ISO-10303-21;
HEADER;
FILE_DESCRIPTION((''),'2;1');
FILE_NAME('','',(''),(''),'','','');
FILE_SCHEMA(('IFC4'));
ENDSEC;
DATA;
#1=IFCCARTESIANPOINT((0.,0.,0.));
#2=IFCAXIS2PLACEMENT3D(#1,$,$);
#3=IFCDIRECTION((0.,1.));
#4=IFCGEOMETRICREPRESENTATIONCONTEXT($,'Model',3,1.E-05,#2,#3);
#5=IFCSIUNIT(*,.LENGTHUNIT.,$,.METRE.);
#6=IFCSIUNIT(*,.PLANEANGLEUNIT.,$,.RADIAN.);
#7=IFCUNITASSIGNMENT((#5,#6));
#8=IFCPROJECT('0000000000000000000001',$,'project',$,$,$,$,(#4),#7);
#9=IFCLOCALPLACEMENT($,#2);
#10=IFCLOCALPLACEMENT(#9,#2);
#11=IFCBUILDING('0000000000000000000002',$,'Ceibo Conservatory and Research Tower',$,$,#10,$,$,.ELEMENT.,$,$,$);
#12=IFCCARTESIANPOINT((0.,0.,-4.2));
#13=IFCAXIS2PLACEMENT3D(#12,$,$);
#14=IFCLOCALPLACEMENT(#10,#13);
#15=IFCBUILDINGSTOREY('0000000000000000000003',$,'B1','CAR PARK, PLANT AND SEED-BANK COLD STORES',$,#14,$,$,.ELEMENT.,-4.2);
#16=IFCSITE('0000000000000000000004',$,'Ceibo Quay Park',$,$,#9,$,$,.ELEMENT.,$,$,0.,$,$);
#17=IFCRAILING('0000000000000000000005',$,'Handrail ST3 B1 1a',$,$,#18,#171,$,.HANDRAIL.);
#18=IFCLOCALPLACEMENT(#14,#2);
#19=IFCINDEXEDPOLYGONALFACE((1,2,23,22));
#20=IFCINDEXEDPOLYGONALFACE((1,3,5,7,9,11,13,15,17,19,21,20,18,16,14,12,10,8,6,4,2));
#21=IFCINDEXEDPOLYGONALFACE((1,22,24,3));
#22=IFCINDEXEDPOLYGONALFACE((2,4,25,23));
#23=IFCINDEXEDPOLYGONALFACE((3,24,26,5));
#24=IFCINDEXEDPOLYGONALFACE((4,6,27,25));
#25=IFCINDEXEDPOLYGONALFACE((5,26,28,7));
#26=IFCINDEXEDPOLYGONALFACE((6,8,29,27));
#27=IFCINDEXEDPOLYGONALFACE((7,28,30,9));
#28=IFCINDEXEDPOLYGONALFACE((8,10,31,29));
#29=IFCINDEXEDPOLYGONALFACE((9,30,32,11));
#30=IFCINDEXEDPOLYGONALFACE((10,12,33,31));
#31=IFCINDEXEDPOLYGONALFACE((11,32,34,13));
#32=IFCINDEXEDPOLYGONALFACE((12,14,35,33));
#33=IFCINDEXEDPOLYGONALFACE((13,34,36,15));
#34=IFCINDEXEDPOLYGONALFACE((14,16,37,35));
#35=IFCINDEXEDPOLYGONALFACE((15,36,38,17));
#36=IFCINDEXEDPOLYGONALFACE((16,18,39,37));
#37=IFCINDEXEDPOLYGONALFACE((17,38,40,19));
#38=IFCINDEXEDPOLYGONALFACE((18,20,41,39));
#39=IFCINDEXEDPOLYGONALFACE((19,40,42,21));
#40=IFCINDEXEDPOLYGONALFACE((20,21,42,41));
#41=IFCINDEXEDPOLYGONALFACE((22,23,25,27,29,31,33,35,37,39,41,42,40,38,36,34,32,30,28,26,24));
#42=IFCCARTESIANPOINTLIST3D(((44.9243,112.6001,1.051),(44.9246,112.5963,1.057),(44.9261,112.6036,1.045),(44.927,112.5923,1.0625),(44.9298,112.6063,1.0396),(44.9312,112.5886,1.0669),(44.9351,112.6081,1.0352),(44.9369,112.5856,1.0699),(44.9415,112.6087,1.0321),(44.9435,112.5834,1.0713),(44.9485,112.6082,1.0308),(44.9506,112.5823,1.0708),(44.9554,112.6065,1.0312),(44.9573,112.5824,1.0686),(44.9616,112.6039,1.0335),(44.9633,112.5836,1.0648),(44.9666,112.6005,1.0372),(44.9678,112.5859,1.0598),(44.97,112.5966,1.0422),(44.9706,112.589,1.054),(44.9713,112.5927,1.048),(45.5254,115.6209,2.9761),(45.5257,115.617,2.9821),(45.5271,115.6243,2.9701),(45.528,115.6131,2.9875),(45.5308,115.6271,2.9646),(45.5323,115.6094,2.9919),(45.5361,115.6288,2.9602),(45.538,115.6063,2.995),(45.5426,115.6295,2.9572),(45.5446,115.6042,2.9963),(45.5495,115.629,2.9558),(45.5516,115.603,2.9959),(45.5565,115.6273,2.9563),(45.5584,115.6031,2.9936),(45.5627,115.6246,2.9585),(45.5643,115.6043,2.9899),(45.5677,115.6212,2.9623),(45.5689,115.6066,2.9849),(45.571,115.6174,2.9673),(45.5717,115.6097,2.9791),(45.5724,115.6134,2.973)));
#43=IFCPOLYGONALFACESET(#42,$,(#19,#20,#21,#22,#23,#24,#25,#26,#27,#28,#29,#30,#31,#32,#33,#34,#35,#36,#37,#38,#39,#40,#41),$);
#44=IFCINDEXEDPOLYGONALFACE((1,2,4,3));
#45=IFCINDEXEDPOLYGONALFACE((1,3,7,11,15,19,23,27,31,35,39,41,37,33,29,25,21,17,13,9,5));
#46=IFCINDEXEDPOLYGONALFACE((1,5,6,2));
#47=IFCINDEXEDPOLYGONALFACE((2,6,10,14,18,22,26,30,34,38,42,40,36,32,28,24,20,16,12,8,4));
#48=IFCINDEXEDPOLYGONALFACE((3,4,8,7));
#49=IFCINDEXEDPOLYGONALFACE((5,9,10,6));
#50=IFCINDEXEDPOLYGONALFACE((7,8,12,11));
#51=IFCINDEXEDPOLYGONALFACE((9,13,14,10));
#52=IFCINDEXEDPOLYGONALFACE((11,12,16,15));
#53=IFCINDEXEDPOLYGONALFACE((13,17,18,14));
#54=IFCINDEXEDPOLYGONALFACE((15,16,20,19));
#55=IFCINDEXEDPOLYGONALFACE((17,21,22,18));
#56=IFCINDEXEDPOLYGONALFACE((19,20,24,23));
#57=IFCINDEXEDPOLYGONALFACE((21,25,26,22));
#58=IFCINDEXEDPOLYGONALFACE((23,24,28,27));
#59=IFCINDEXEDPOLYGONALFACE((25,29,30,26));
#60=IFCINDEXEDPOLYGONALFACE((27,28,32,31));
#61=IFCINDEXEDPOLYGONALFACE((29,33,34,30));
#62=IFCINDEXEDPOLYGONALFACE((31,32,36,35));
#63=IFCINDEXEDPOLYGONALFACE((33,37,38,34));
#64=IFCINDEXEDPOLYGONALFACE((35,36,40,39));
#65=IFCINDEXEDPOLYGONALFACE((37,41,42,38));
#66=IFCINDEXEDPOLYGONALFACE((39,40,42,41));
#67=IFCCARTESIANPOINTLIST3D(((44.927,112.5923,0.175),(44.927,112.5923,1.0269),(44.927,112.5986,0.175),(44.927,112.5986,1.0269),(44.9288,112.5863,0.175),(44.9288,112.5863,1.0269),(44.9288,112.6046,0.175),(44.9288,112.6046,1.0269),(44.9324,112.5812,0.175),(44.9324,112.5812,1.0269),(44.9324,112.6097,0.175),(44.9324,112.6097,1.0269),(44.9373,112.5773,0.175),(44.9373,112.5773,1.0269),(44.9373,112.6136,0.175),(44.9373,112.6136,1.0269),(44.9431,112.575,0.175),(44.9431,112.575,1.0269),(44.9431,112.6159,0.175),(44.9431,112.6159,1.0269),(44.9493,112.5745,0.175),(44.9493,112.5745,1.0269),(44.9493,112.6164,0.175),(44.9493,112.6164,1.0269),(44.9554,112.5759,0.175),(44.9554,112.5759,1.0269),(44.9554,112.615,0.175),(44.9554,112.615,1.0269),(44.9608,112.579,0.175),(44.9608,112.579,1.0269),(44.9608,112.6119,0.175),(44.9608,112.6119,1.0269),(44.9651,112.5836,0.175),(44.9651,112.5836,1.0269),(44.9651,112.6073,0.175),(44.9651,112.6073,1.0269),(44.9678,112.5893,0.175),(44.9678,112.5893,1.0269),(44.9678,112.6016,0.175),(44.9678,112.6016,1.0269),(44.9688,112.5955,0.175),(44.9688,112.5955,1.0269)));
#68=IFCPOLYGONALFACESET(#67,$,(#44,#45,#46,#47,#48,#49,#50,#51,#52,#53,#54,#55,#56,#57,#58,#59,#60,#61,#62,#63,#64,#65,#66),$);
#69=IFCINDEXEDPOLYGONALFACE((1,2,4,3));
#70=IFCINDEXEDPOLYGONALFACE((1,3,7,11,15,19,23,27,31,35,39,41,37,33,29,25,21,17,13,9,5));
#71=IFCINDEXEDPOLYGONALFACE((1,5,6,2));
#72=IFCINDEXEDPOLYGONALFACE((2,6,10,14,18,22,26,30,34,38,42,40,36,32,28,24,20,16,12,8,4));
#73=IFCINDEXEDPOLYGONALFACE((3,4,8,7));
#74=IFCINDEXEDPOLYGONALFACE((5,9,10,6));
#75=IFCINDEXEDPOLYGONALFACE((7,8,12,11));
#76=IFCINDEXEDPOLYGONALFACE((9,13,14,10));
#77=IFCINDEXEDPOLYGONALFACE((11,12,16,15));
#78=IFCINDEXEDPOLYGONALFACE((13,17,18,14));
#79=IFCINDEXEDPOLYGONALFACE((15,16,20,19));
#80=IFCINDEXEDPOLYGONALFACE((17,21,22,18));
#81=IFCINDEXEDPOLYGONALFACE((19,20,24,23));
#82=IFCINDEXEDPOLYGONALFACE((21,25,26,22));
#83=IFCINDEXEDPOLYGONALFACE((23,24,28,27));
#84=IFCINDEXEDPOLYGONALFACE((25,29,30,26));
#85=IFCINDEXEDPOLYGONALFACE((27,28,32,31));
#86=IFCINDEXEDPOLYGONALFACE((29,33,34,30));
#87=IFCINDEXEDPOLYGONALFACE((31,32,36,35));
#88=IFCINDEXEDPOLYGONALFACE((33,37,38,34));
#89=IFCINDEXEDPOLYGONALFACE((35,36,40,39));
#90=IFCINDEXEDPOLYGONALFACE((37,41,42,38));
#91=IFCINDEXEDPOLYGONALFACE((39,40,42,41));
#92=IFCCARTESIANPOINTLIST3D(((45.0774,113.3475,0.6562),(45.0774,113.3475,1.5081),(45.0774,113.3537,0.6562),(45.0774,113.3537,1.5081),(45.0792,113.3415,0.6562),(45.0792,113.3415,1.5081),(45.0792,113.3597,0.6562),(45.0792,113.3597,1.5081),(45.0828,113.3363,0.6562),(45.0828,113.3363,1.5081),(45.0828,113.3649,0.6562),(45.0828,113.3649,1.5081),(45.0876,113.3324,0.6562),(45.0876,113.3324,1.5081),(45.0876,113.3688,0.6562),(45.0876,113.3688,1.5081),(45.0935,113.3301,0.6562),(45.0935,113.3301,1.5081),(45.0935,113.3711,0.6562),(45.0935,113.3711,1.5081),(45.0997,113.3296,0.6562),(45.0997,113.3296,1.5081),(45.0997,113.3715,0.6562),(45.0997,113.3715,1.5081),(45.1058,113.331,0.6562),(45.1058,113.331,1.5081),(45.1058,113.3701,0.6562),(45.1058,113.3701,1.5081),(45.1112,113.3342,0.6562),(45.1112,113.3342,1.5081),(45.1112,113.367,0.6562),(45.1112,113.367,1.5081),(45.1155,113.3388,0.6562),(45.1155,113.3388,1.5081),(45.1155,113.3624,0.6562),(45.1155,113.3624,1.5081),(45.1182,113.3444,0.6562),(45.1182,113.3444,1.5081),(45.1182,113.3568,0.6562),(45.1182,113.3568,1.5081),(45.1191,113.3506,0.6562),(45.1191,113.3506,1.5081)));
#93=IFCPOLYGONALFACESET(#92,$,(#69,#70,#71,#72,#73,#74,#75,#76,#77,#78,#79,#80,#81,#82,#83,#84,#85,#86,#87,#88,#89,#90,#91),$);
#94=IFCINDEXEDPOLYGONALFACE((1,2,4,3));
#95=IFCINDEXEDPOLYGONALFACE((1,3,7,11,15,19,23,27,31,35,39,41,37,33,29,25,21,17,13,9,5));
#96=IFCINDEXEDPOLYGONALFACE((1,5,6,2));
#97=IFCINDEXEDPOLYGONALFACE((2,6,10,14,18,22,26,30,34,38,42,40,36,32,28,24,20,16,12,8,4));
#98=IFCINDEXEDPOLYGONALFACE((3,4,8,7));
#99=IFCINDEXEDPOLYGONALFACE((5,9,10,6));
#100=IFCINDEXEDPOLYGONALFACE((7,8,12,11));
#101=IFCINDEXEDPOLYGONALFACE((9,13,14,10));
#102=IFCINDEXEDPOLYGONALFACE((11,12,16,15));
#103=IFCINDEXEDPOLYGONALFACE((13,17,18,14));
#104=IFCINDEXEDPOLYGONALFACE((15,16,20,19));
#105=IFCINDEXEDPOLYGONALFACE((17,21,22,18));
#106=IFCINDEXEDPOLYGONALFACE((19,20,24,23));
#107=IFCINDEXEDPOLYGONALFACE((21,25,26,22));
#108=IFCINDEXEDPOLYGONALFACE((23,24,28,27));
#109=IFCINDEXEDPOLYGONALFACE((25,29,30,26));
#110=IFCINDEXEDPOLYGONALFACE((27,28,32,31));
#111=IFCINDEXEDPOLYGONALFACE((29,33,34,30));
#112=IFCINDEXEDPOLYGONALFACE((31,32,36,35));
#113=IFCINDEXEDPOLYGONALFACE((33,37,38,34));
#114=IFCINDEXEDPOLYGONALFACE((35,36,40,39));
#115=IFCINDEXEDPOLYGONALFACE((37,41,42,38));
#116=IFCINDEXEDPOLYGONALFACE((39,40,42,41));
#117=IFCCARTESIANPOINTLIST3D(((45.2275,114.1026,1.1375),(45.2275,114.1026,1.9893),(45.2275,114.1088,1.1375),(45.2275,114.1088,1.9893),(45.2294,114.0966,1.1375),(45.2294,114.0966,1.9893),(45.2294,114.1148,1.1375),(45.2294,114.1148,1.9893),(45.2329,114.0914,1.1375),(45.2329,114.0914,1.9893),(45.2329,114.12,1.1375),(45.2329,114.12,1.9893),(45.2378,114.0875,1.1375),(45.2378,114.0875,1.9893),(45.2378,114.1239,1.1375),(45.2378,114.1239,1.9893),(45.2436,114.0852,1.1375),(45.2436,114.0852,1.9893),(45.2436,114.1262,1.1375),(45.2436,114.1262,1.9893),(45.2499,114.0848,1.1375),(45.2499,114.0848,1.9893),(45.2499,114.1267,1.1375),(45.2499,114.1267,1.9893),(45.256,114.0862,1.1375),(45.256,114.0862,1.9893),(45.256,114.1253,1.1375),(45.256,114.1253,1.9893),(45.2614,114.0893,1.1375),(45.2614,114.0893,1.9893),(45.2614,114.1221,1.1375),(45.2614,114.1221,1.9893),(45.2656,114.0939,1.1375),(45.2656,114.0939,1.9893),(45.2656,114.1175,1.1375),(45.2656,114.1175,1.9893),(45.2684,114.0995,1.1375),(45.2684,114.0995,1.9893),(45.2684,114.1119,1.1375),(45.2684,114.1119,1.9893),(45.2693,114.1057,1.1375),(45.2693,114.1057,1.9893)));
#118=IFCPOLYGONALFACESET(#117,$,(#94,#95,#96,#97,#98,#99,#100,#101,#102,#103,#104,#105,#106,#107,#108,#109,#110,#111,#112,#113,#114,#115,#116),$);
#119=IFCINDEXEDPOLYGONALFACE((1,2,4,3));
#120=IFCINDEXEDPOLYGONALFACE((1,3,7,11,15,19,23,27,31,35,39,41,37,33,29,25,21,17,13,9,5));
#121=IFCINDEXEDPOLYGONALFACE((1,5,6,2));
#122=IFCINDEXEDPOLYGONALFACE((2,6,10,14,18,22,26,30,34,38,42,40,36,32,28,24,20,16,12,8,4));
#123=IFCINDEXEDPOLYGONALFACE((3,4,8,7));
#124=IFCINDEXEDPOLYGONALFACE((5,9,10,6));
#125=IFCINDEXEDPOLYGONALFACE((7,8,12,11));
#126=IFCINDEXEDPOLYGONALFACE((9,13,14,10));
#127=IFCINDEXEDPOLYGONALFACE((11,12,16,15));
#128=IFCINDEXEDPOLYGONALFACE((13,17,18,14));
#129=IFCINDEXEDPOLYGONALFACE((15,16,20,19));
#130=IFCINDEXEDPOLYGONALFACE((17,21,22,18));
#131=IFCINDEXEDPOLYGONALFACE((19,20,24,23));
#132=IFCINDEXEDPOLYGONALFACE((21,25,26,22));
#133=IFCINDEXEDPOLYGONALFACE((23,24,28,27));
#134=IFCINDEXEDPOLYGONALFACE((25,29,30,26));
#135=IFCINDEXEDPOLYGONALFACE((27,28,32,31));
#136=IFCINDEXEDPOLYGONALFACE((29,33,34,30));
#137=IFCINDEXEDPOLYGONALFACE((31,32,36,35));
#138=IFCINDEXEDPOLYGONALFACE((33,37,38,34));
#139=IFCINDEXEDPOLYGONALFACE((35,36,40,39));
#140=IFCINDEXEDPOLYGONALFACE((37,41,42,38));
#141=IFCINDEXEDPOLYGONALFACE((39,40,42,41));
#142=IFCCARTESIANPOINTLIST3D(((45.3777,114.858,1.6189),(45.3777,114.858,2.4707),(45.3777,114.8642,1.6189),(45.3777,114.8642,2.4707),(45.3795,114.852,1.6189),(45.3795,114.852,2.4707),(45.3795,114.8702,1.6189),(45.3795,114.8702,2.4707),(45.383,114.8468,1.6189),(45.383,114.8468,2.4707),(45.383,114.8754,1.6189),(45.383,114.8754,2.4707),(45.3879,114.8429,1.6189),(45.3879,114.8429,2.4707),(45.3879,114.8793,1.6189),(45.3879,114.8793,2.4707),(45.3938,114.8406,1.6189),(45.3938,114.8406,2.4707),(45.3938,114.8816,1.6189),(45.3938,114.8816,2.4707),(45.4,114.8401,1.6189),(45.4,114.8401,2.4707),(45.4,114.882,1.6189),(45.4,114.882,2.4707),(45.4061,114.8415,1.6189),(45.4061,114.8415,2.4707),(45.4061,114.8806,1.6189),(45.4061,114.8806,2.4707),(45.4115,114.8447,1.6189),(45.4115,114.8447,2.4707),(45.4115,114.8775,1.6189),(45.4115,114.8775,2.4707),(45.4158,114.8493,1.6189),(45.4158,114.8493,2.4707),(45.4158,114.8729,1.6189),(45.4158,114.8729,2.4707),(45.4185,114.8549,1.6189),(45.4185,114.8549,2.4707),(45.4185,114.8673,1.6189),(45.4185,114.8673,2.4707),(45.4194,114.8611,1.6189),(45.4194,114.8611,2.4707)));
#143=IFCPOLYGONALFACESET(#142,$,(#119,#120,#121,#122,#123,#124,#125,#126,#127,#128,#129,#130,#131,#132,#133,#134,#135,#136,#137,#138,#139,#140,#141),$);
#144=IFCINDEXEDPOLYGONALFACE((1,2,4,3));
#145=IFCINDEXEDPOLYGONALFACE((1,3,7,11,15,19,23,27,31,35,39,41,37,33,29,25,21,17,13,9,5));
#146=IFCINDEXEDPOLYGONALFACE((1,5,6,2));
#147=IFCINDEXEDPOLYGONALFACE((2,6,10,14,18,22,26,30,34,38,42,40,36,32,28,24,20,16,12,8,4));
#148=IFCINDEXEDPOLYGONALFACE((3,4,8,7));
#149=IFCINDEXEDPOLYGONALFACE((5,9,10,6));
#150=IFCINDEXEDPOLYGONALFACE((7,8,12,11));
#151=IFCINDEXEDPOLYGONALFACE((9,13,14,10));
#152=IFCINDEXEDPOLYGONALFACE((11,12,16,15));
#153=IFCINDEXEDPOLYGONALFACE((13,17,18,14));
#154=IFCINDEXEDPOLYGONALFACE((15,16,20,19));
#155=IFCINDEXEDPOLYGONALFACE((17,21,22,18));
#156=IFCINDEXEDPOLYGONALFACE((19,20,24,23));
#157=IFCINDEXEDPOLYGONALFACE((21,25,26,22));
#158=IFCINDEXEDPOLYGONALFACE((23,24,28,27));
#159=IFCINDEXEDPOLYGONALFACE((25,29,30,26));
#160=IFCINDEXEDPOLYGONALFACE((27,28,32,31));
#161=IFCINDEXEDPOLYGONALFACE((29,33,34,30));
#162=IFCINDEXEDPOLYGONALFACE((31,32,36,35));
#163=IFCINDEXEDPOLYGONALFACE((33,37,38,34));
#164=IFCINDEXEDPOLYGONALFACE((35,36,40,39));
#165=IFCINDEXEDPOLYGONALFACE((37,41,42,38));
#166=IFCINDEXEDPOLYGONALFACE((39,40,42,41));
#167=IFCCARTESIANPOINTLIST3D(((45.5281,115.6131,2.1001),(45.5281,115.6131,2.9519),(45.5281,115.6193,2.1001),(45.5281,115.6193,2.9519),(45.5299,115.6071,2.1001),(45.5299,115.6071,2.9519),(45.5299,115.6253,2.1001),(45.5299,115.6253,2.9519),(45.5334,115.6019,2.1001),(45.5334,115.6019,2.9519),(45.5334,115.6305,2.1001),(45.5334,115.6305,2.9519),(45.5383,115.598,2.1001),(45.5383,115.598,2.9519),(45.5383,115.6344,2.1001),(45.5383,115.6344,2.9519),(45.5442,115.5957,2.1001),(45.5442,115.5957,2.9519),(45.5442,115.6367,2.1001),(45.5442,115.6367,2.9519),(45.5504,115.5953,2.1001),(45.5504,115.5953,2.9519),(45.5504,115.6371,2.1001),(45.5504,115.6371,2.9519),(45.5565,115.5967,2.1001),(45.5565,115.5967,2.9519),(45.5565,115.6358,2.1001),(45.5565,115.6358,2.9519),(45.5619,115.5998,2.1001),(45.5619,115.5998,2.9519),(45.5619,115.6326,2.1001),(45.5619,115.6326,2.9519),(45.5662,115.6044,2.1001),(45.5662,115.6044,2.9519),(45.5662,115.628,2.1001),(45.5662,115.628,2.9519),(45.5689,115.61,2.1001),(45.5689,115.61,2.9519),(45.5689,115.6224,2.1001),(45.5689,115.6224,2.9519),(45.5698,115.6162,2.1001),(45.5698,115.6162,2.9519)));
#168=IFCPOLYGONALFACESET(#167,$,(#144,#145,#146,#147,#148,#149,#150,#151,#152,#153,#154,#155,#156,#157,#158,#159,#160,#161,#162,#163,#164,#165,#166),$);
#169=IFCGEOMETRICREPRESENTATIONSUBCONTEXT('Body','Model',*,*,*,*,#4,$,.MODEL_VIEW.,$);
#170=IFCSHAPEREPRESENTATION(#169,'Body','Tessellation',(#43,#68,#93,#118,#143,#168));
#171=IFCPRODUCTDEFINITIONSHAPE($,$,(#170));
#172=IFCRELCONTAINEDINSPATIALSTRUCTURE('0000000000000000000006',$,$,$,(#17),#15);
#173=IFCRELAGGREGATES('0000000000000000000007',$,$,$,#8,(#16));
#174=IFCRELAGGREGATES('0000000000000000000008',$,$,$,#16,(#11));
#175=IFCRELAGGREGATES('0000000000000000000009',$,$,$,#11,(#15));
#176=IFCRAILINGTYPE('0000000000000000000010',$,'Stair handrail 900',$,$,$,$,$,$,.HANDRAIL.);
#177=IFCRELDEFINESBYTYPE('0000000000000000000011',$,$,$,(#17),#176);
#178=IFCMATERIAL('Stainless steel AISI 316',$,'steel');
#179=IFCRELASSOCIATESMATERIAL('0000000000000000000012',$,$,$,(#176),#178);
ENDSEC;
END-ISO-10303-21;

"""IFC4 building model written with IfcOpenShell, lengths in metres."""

from ifc_helpers import new_model, si_unit, direction, frame, origin, origin_2d, place, context, subcontext, project, spatial, circle, extrude, material, type_object, element, save


model = new_model("IFC4")

# Units and contexts
model_context = context("Model", 3, precision=1e-05, world=origin(), true_north=direction((0.0, 1.0)))
body_context = subcontext(model_context, "Body", "Model", "MODEL_VIEW")
ifc_project = project(units=[si_unit("LENGTHUNIT", "METRE"), si_unit("PLANEANGLEUNIT", "RADIAN")], contexts=[model_context])

# Site, building, storey
site_placement = place(None, origin())
site = spatial("IfcSite", under=ifc_project, at=site_placement, Name="Ceibo Quay Park", CompositionType="ELEMENT", RefElevation=0.0)
building_placement = place(site_placement, origin())
building = spatial("IfcBuilding", under=site, at=building_placement, Name="Ceibo Conservatory and Research Tower", CompositionType="ELEMENT")
storey_placement = place(building_placement, frame((0.0, 0.0, -4.2)))
storey = spatial("IfcBuildingStorey", under=building, at=storey_placement, Name="B1", Description="CAR PARK, PLANT AND SEED-BANK COLD STORES", CompositionType="ELEMENT", Elevation=-4.2)

# Railing
ifc_material_1 = material(Name="Stainless steel AISI 316", Category="steel")
railing_type = type_object("IfcRailingType", Name="Stair handrail 900", PredefinedType="HANDRAIL", material=ifc_material_1)
railing_1_placement = place(storey_placement, frame((44.9478, 112.5955, 0.175)))
element("IfcRailing", 1, at=railing_1_placement, inside=storey, type_object=railing_type, Name="Handrail ST3 B1 1a", PredefinedType="HANDRAIL", context=body_context, shape_type="SweptSolid", body=[
    extrude(circle(Radius=0.0239, at=origin_2d()), frame((0.0, 0.0, 0.876), z_axis=(0.16549, 0.831685, 0.530012), x_axis=(-0.980772, 0.195156, 0.0)), (0.0, 0.0, 1.0), 3.6321),
    extrude(circle(Radius=0.021, at=origin_2d()), origin(), (0.0, 0.0, 1.0), 0.8518),
    extrude(circle(Radius=0.021, at=origin_2d()), frame((0.1504, 0.7551, 0.4812)), (0.0, 0.0, 1.0), 0.8518),
    extrude(circle(Radius=0.021, at=origin_2d()), frame((0.3005, 1.5103, 0.9624)), (0.0, 0.0, 1.0), 0.8518),
    extrude(circle(Radius=0.021, at=origin_2d()), frame((0.4507, 2.2656, 1.4438)), (0.0, 0.0, 1.0), 0.8518),
    extrude(circle(Radius=0.021, at=origin_2d()), frame((0.6011, 3.0208, 1.925)), (0.0, 0.0, 1.0), 0.8518),
])

save(model, "model.ifc")
